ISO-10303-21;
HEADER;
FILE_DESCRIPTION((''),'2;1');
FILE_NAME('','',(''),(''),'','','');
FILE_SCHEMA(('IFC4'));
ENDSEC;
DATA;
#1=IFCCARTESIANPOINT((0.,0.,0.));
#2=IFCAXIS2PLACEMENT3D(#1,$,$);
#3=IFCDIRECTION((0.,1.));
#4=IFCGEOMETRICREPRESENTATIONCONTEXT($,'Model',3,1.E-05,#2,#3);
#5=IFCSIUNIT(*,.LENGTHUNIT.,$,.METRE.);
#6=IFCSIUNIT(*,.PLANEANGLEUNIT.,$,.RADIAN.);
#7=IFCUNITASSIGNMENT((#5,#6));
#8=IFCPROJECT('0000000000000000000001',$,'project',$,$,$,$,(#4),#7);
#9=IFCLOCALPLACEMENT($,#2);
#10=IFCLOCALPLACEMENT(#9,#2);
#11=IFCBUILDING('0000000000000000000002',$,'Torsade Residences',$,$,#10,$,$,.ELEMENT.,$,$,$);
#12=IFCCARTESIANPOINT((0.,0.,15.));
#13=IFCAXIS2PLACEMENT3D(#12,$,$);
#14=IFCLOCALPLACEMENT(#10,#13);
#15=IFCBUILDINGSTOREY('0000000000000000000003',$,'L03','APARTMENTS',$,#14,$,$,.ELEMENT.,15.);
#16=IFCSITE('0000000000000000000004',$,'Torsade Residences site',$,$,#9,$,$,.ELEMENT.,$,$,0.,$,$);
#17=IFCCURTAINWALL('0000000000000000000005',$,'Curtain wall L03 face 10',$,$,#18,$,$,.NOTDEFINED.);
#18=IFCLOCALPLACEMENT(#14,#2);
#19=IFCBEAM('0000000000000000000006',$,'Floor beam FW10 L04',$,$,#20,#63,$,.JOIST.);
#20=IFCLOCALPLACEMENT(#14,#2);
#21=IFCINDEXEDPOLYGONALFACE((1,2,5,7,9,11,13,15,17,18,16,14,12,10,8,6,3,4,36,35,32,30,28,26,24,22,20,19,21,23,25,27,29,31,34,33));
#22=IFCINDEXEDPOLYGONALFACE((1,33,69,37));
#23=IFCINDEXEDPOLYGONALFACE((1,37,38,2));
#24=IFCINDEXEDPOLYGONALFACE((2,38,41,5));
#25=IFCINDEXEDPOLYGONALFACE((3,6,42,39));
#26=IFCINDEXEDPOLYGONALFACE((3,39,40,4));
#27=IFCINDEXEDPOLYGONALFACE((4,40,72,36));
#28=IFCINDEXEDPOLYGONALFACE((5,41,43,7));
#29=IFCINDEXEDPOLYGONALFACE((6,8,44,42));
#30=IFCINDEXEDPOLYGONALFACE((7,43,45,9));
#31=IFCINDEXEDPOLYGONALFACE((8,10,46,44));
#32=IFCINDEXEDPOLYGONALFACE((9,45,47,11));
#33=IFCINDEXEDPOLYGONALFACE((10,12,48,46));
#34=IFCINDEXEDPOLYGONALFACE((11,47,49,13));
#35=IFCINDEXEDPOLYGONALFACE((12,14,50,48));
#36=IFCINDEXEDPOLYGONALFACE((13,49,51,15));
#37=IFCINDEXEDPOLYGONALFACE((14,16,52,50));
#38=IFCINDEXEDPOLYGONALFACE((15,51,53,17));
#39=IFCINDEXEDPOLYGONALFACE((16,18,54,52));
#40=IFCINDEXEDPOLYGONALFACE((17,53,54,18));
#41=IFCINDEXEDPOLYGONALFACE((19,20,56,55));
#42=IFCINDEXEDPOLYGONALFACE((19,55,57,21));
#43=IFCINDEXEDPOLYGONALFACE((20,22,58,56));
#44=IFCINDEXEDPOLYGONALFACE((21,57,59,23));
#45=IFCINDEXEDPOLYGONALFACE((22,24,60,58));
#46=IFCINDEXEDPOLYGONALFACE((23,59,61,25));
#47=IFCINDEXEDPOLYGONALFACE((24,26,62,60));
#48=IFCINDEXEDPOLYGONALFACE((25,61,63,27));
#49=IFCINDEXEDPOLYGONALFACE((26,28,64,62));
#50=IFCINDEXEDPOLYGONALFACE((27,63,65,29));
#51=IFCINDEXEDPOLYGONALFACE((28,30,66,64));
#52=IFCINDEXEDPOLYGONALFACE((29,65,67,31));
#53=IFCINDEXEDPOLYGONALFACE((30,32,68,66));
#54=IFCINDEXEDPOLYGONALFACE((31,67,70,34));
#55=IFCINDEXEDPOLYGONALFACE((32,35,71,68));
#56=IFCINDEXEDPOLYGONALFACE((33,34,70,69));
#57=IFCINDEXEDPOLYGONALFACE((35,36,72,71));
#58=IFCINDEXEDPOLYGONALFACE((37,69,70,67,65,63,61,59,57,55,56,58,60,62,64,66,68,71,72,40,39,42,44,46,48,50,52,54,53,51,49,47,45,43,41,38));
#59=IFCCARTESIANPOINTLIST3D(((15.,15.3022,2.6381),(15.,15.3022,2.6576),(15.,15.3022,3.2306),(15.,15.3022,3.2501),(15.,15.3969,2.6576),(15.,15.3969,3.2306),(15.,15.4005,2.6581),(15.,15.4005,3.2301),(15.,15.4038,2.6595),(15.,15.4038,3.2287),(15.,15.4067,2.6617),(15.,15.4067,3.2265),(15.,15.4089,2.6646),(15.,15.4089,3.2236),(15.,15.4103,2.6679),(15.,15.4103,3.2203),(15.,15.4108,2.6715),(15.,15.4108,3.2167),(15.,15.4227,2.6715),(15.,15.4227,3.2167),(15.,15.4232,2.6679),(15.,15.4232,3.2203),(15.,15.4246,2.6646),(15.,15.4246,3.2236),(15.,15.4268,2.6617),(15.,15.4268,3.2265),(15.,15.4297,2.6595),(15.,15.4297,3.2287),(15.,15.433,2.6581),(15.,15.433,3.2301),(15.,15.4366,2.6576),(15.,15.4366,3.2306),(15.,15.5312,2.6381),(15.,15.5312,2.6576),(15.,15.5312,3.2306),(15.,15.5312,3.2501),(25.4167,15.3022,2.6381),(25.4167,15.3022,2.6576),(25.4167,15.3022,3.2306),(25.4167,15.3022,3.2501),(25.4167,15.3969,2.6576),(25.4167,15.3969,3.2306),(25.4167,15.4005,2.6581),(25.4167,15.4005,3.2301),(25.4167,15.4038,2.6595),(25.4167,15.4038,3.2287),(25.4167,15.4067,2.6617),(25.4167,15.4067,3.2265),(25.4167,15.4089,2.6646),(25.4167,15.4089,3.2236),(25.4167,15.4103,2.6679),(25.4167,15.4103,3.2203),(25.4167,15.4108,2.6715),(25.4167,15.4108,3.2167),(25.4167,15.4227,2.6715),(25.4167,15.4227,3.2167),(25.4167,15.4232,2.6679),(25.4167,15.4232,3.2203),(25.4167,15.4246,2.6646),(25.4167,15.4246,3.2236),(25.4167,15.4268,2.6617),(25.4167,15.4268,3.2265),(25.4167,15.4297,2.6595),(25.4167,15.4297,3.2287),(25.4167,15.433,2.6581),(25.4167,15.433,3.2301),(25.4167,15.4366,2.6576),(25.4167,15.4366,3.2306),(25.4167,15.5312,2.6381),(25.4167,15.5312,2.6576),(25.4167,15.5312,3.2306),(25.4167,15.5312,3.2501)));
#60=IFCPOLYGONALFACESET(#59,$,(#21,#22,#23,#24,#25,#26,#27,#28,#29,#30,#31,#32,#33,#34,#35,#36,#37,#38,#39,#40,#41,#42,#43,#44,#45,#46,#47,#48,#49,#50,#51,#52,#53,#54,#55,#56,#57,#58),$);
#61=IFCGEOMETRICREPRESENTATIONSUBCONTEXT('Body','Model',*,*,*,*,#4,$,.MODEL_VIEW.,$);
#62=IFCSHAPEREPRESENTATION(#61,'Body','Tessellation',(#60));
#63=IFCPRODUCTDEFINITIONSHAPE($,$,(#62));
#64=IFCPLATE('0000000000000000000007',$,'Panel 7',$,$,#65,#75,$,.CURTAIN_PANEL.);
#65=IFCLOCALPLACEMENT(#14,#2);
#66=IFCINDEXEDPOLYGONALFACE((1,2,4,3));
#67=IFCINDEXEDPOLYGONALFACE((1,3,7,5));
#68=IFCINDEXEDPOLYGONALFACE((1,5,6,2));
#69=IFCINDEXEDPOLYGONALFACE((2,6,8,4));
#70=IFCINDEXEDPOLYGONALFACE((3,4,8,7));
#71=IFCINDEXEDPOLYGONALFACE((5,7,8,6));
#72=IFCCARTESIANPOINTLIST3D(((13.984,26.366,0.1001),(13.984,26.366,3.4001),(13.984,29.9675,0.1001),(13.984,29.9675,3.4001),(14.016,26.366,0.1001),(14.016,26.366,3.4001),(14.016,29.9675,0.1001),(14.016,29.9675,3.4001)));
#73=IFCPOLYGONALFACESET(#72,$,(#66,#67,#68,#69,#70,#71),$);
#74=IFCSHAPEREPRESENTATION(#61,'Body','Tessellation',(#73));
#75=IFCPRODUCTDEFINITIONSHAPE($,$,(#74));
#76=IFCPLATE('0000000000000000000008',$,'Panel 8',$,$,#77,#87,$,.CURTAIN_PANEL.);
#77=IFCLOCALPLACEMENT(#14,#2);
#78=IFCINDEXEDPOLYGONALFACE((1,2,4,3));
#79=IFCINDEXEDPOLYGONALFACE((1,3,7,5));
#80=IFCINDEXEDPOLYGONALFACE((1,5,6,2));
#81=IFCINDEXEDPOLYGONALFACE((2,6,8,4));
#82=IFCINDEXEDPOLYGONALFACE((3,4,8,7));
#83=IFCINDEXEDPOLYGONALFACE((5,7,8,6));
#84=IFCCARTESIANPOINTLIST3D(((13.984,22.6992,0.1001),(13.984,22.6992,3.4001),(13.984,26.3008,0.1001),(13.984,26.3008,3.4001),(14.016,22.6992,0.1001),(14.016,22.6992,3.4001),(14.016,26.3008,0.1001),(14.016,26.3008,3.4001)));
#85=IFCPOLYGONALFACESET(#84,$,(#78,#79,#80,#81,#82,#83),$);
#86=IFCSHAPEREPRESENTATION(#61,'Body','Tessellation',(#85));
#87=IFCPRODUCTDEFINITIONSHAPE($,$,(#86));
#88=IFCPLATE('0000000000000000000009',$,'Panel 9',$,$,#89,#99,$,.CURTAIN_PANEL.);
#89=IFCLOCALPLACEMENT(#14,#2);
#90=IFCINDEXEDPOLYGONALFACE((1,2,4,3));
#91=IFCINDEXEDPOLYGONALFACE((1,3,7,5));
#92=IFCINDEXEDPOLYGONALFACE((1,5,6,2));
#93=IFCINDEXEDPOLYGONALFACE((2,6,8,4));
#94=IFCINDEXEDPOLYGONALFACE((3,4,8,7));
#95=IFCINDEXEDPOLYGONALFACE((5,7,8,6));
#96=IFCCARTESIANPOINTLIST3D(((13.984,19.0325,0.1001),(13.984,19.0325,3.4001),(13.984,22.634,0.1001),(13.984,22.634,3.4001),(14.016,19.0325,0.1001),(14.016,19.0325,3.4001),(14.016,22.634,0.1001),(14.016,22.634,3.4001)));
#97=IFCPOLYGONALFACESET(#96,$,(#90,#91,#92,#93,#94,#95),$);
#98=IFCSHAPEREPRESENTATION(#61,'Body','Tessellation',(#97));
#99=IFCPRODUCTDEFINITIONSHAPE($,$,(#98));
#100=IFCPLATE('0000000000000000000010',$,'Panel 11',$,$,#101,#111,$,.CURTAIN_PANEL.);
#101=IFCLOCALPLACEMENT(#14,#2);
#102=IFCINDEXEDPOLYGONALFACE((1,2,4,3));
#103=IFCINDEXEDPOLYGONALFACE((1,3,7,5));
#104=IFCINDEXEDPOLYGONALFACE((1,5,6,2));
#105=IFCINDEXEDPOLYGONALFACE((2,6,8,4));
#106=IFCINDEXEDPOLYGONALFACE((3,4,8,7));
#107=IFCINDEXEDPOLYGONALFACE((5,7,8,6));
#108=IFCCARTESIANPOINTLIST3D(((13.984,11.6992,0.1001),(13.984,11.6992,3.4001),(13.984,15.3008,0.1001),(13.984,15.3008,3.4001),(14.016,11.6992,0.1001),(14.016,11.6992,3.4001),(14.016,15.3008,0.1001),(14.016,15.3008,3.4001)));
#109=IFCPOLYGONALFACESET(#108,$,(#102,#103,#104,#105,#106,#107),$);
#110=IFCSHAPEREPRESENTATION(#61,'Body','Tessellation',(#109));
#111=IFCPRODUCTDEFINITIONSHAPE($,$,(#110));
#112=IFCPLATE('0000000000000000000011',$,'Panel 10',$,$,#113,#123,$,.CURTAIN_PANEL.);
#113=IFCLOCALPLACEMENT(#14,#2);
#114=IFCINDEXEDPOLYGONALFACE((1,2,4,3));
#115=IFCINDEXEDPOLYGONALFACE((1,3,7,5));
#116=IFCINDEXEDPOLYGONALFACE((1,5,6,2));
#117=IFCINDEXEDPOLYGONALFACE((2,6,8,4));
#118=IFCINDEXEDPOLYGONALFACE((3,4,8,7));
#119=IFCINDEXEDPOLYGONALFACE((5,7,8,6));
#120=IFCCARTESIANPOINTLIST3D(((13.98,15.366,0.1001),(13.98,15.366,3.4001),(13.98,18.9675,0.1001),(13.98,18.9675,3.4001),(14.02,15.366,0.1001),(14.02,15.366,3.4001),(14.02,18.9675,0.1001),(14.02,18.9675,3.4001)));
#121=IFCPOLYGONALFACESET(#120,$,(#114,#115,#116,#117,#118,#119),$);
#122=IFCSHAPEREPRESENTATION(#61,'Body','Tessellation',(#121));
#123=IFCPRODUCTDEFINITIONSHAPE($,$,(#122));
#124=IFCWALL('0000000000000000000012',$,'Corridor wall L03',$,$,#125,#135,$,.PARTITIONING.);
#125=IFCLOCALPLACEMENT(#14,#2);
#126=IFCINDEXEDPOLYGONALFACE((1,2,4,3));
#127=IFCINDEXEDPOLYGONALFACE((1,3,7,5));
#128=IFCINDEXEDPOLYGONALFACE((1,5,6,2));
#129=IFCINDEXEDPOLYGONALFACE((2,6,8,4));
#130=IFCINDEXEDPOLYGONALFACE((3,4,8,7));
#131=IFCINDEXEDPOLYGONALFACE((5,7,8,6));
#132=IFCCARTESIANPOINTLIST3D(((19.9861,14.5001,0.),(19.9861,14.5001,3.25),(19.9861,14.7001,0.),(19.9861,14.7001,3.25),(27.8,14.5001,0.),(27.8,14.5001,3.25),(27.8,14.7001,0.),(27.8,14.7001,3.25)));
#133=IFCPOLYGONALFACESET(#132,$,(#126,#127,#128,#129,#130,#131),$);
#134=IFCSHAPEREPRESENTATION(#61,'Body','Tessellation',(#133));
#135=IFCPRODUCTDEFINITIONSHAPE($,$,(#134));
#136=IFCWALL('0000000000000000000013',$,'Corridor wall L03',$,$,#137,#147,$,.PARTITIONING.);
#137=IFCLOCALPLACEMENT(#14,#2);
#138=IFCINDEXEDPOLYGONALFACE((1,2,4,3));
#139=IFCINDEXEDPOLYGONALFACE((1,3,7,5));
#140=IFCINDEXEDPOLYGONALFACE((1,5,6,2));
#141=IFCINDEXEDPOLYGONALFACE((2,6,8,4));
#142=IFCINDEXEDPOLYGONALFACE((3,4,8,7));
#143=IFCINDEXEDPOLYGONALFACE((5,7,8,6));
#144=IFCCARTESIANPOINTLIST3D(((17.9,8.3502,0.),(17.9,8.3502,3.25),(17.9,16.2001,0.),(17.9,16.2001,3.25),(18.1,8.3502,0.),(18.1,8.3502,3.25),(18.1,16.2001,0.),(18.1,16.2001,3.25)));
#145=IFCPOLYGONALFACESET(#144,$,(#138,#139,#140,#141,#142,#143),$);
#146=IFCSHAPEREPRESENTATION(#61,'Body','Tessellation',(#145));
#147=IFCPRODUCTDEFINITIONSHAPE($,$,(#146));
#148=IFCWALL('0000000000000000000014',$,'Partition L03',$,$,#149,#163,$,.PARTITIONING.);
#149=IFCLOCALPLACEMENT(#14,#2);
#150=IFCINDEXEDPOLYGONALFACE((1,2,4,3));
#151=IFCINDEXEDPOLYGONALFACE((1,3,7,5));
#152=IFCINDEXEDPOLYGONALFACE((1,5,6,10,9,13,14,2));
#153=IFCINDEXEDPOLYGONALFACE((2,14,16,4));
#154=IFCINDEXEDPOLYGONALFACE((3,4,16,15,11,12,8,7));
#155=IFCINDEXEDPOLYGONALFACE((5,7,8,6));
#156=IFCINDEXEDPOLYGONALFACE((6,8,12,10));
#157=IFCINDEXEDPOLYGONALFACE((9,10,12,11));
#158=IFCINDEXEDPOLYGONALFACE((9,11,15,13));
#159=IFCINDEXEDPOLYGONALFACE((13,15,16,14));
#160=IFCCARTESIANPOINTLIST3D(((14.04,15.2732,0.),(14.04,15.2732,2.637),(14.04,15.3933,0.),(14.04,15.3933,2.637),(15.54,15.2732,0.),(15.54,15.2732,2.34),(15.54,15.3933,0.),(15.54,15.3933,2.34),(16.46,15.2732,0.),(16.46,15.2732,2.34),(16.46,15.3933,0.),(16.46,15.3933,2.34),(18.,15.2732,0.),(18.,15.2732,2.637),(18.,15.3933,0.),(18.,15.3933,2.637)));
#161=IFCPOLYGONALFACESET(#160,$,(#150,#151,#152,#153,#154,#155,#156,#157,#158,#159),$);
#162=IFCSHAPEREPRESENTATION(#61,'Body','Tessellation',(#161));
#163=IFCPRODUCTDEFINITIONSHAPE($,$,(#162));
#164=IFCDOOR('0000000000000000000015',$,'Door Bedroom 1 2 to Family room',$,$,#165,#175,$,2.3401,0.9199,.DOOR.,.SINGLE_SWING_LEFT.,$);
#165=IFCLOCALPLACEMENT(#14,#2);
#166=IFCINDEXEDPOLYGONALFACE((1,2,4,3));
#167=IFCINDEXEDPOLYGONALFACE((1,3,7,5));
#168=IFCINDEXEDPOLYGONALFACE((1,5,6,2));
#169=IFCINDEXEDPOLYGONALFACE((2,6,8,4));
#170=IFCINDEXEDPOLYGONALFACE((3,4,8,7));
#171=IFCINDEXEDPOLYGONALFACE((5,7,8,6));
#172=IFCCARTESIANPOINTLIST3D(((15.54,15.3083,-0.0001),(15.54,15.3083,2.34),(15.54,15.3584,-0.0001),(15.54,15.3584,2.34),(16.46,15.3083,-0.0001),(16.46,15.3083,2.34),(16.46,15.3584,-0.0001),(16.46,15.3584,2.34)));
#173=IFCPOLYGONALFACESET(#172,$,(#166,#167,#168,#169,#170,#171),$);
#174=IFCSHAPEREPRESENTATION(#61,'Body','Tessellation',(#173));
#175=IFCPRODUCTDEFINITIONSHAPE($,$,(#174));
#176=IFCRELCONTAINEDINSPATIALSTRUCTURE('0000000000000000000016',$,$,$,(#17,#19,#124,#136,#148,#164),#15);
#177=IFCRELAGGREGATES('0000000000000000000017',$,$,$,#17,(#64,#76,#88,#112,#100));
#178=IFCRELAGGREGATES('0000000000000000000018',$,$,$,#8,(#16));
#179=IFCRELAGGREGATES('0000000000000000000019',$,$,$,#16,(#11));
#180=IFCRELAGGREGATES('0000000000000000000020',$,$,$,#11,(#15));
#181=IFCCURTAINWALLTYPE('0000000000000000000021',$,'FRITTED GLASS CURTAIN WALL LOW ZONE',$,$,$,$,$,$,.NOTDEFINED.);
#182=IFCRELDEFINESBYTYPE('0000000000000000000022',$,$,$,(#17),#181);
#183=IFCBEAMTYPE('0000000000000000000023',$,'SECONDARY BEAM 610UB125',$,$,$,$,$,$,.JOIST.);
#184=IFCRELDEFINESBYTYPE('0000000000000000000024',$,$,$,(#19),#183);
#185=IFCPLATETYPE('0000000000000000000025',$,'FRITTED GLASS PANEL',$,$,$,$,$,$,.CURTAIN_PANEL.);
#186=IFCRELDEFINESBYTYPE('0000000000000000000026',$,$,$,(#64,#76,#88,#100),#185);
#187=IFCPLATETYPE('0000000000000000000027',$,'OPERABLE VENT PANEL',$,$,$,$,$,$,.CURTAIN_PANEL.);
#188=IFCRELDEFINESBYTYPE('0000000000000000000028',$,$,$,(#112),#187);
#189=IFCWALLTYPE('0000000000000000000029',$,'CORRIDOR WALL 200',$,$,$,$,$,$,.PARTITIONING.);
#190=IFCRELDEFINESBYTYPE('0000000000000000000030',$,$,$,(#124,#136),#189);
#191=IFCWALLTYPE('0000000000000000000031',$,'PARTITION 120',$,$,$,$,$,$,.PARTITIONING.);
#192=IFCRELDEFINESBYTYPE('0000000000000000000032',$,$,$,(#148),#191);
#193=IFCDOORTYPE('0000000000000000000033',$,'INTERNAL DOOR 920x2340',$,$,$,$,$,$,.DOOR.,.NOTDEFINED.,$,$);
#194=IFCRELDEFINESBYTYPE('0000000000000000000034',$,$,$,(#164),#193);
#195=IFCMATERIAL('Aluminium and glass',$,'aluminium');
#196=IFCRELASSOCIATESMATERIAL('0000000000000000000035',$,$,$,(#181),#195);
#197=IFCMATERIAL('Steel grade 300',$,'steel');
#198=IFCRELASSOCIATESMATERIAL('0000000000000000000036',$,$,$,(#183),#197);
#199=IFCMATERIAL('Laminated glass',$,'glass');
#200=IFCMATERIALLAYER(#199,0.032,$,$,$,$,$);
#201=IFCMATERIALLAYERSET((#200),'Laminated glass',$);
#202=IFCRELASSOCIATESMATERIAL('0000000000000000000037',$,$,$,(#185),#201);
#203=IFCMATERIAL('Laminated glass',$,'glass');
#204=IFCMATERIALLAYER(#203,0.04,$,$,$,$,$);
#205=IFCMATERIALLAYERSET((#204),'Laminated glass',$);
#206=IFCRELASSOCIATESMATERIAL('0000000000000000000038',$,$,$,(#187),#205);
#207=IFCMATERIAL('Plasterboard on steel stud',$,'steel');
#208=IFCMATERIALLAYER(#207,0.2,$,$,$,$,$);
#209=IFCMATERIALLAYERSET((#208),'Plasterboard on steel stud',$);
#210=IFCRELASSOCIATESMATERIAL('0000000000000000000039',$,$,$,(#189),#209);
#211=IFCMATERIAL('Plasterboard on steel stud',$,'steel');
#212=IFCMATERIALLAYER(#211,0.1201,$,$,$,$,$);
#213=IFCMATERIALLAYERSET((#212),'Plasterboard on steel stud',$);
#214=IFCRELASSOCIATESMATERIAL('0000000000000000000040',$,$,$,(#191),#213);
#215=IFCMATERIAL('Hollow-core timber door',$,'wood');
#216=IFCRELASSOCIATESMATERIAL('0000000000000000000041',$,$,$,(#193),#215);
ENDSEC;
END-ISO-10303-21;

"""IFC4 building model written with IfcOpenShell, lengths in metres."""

from ifc_helpers import new_model, si_unit, direction, frame, frame_2d, origin, origin_2d, place, context, subcontext, project, spatial, rectangle, i_section, extrude, material, layer, layer_set, material_profile, profile_set, type_object, element, fill, aggregate, save


model = new_model("IFC4")

# Units and contexts
model_context = context("Model", 3, precision=1e-05, world=origin(), true_north=direction((0.0, 1.0)))
body_context = subcontext(model_context, "Body", "Model", "MODEL_VIEW")
ifc_project = project(units=[si_unit("LENGTHUNIT", "METRE"), si_unit("PLANEANGLEUNIT", "RADIAN")], contexts=[model_context])

# Site, building, storey
site_placement = place(None, origin())
site = spatial("IfcSite", under=ifc_project, at=site_placement, Name="Torsade Residences site", CompositionType="ELEMENT", RefElevation=0.0)
building_placement = place(site_placement, origin())
building = spatial("IfcBuilding", under=site, at=building_placement, Name="Torsade Residences", CompositionType="ELEMENT")
storey_placement = place(building_placement, frame((0.0, 0.0, 15.0)))
storey = spatial("IfcBuildingStorey", under=building, at=storey_placement, Name="L03", Description="APARTMENTS", CompositionType="ELEMENT", Elevation=15.0)

# Curtain wall
ifc_material_1 = material(Name="Aluminium and glass", Category="aluminium")
curtain_wall_type = type_object("IfcCurtainWallType", Name="FRITTED GLASS CURTAIN WALL LOW ZONE", PredefinedType="NOTDEFINED", material=ifc_material_1)
curtain_wall_placement = place(storey_placement, origin())
curtain_wall = element("IfcCurtainWall", 1, at=curtain_wall_placement, inside=storey, type_object=curtain_wall_type, Name="Curtain wall L03 face 10", PredefinedType="NOTDEFINED")

# Beam
ifc_material_2 = material(Name="Steel grade 300", Category="steel")
ifc_material_profile_1 = material_profile(ifc_material_2, i_section(OverallWidth=0.229, OverallDepth=0.6121, WebThickness=0.012, FlangeThickness=0.0195, FilletRadius=0.0139, at=origin_2d()), Name="610UB125")
ifc_profile_set_1 = profile_set([ifc_material_profile_1], Name="Steel grade 300")
beam_type_1 = type_object("IfcBeamType", Name="SECONDARY BEAM 610UB125", PredefinedType="JOIST", material=ifc_profile_set_1)
beam_1_placement = place(storey_placement, frame((15.0, 15.4167, 2.9441), z_axis=(1.0, 0.0, 0.0), x_axis=(0.0, 1.0, 0.0)))
element("IfcBeam", 2, at=beam_1_placement, inside=storey, type_object=beam_type_1, Name="Floor beam FW10 L04", PredefinedType="JOIST", context=body_context, shape_type="SweptSolid", body=[
    extrude(i_section(OverallWidth=0.229, OverallDepth=0.6121, WebThickness=0.012, FlangeThickness=0.0195, FilletRadius=0.0139, at=origin_2d()), origin(), (0.0, 0.0, 1.0), 10.4167),
])

# Plates
ifc_material_3 = material(Name="Laminated glass", Category="glass")
ifc_layer_1 = layer(ifc_material_3, 0.032)
ifc_layer_set_1 = layer_set([ifc_layer_1], Name="Laminated glass")
plate_type_1 = type_object("IfcPlateType", Name="FRITTED GLASS PANEL", PredefinedType="CURTAIN_PANEL", material=ifc_layer_set_1)
plate_1_placement = place(storey_placement, frame((14.0, 28.1667, 0.1001), z_axis=(0.0, 0.0, 1.0), x_axis=(0.0, -1.0, 0.0)))
plate_1 = element("IfcPlate", 3, at=plate_1_placement, type_object=plate_type_1, Name="Panel 7", PredefinedType="CURTAIN_PANEL", context=body_context, shape_type="SweptSolid", body=[
    extrude(rectangle(XDim=3.6016, YDim=0.032, at=origin_2d()), origin(), (0.0, 0.0, 1.0), 3.3),
])
plate_2_placement = place(storey_placement, frame((14.0, 24.5, 0.1001), z_axis=(0.0, 0.0, 1.0), x_axis=(0.0, -1.0, 0.0)))
plate_2 = element("IfcPlate", 4, at=plate_2_placement, type_object=plate_type_1, Name="Panel 8", PredefinedType="CURTAIN_PANEL", context=body_context, shape_type="SweptSolid", body=[
    extrude(rectangle(XDim=3.6016, YDim=0.032, at=origin_2d()), origin(), (0.0, 0.0, 1.0), 3.3),
])
plate_3_placement = place(storey_placement, frame((14.0, 20.8333, 0.1001), z_axis=(0.0, 0.0, 1.0), x_axis=(0.0, -1.0, 0.0)))
plate_3 = element("IfcPlate", 5, at=plate_3_placement, type_object=plate_type_1, Name="Panel 9", PredefinedType="CURTAIN_PANEL", context=body_context, shape_type="SweptSolid", body=[
    extrude(rectangle(XDim=3.6016, YDim=0.032, at=origin_2d()), origin(), (0.0, 0.0, 1.0), 3.3),
])
plate_4_placement = place(storey_placement, frame((14.0, 13.5, 0.1001), z_axis=(0.0, 0.0, 1.0), x_axis=(0.0, -1.0, 0.0)))
plate_4 = element("IfcPlate", 6, at=plate_4_placement, type_object=plate_type_1, Name="Panel 11", PredefinedType="CURTAIN_PANEL", context=body_context, shape_type="SweptSolid", body=[
    extrude(rectangle(XDim=3.6016, YDim=0.032, at=origin_2d()), origin(), (0.0, 0.0, 1.0), 3.3),
])
ifc_material_4 = material(Name="Laminated glass", Category="glass")
ifc_layer_2 = layer(ifc_material_4, 0.04)
ifc_layer_set_2 = layer_set([ifc_layer_2], Name="Laminated glass")
plate_type_2 = type_object("IfcPlateType", Name="OPERABLE VENT PANEL", PredefinedType="CURTAIN_PANEL", material=ifc_layer_set_2)
plate_5_placement = place(storey_placement, frame((14.0, 17.1667, 0.1001), z_axis=(0.0, 0.0, 1.0), x_axis=(0.0, -1.0, 0.0)))
plate_5 = element("IfcPlate", 7, at=plate_5_placement, type_object=plate_type_2, Name="Panel 10", PredefinedType="CURTAIN_PANEL", context=body_context, shape_type="SweptSolid", body=[
    extrude(rectangle(XDim=3.6016, YDim=0.04, at=origin_2d()), origin(), (0.0, 0.0, 1.0), 3.3),
])
aggregate(curtain_wall, [plate_1, plate_2, plate_3, plate_5, plate_4])

# Walls
ifc_material_5 = material(Name="Plasterboard on steel stud", Category="steel")
ifc_layer_3 = layer(ifc_material_5, 0.2)
ifc_layer_set_3 = layer_set([ifc_layer_3], Name="Plasterboard on steel stud")
wall_type_1 = type_object("IfcWallType", Name="CORRIDOR WALL 200", PredefinedType="PARTITIONING", material=ifc_layer_set_3)
wall_1_placement = place(storey_placement, frame((19.9861, 14.6001, 0.0), z_axis=(0.0, 0.0, 1.0), x_axis=(1.0, 0.0, 0.0)))
element("IfcWall", 8, at=wall_1_placement, inside=storey, type_object=wall_type_1, Name="Corridor wall L03", PredefinedType="PARTITIONING", context=body_context, shape_type="SweptSolid", body=[
    extrude(rectangle(XDim=7.814, YDim=0.2, at=frame_2d((3.907, 0.0))), origin(), (0.0, 0.0, 1.0), 3.25),
])
wall_2_placement = place(storey_placement, frame((18.0, 16.2, 0.0), z_axis=(0.0, 0.0, 1.0), x_axis=(0.0, -1.0, 0.0)))
element("IfcWall", 9, at=wall_2_placement, inside=storey, type_object=wall_type_1, Name="Corridor wall L03", PredefinedType="PARTITIONING", context=body_context, shape_type="SweptSolid", body=[
    extrude(rectangle(XDim=7.8499, YDim=0.2, at=frame_2d((3.9248, 0.0))), origin(), (0.0, 0.0, 1.0), 3.25),
])

# Wall, opening, door
ifc_material_6 = material(Name="Plasterboard on steel stud", Category="steel")
ifc_layer_4 = layer(ifc_material_6, 0.1201)
ifc_layer_set_4 = layer_set([ifc_layer_4], Name="Plasterboard on steel stud")
wall_type_2 = type_object("IfcWallType", Name="PARTITION 120", PredefinedType="PARTITIONING", material=ifc_layer_set_4)
wall_3_placement = place(storey_placement, frame((18.0, 15.3333, 0.0), z_axis=(0.0, 0.0, 1.0), x_axis=(-1.0, 0.0, 0.0)))
wall_3 = element("IfcWall", 10, at=wall_3_placement, inside=storey, type_object=wall_type_2, Name="Partition L03", PredefinedType="PARTITIONING", context=body_context, shape_type="SweptSolid", body=[
    extrude(rectangle(XDim=3.96, YDim=0.1201, at=frame_2d((1.98, 0.0))), origin(), (0.0, 0.0, 1.0), 2.637),
])
opening_1_placement = place(wall_3_placement, frame((1.54, 0.0, 0.0)))
opening_1 = element("IfcOpeningElement", 11, at=opening_1_placement, cuts=wall_3, PredefinedType="OPENING", context=body_context, shape_type="SweptSolid", body=[
    extrude(rectangle(XDim=0.9199, YDim=2.3401, at=frame_2d((0.46, 1.1699))), frame((0.0, 0.0701, 0.0), z_axis=(0.0, -1.0, 0.0), x_axis=(1.0, 0.0, 0.0)), (0.0, 0.0, 1.0), 0.1401),
])
ifc_material_7 = material(Name="Hollow-core timber door", Category="wood")
door_type = type_object("IfcDoorType", Name="INTERNAL DOOR 920x2340", OperationType="NOTDEFINED", PredefinedType="DOOR", material=ifc_material_7)
door_1_placement = place(opening_1_placement, origin())
door_1 = element("IfcDoor", 12, at=door_1_placement, inside=storey, type_object=door_type, Name="Door Bedroom 1 2 to Family room", OperationType="SINGLE_SWING_LEFT", OverallHeight=2.3401, OverallWidth=0.9199, PredefinedType="DOOR", context=body_context, shape_type="SweptSolid", body=[
    extrude(rectangle(XDim=0.9199, YDim=2.3401, at=frame_2d((0.46, 1.1699))), frame((0.0, 0.0249, 0.0), z_axis=(0.0, -1.0, 0.0), x_axis=(1.0, 0.0, 0.0)), (0.0, 0.0, 1.0), 0.05),
])
fill(opening_1, door_1)

save(model, "model.ifc")
